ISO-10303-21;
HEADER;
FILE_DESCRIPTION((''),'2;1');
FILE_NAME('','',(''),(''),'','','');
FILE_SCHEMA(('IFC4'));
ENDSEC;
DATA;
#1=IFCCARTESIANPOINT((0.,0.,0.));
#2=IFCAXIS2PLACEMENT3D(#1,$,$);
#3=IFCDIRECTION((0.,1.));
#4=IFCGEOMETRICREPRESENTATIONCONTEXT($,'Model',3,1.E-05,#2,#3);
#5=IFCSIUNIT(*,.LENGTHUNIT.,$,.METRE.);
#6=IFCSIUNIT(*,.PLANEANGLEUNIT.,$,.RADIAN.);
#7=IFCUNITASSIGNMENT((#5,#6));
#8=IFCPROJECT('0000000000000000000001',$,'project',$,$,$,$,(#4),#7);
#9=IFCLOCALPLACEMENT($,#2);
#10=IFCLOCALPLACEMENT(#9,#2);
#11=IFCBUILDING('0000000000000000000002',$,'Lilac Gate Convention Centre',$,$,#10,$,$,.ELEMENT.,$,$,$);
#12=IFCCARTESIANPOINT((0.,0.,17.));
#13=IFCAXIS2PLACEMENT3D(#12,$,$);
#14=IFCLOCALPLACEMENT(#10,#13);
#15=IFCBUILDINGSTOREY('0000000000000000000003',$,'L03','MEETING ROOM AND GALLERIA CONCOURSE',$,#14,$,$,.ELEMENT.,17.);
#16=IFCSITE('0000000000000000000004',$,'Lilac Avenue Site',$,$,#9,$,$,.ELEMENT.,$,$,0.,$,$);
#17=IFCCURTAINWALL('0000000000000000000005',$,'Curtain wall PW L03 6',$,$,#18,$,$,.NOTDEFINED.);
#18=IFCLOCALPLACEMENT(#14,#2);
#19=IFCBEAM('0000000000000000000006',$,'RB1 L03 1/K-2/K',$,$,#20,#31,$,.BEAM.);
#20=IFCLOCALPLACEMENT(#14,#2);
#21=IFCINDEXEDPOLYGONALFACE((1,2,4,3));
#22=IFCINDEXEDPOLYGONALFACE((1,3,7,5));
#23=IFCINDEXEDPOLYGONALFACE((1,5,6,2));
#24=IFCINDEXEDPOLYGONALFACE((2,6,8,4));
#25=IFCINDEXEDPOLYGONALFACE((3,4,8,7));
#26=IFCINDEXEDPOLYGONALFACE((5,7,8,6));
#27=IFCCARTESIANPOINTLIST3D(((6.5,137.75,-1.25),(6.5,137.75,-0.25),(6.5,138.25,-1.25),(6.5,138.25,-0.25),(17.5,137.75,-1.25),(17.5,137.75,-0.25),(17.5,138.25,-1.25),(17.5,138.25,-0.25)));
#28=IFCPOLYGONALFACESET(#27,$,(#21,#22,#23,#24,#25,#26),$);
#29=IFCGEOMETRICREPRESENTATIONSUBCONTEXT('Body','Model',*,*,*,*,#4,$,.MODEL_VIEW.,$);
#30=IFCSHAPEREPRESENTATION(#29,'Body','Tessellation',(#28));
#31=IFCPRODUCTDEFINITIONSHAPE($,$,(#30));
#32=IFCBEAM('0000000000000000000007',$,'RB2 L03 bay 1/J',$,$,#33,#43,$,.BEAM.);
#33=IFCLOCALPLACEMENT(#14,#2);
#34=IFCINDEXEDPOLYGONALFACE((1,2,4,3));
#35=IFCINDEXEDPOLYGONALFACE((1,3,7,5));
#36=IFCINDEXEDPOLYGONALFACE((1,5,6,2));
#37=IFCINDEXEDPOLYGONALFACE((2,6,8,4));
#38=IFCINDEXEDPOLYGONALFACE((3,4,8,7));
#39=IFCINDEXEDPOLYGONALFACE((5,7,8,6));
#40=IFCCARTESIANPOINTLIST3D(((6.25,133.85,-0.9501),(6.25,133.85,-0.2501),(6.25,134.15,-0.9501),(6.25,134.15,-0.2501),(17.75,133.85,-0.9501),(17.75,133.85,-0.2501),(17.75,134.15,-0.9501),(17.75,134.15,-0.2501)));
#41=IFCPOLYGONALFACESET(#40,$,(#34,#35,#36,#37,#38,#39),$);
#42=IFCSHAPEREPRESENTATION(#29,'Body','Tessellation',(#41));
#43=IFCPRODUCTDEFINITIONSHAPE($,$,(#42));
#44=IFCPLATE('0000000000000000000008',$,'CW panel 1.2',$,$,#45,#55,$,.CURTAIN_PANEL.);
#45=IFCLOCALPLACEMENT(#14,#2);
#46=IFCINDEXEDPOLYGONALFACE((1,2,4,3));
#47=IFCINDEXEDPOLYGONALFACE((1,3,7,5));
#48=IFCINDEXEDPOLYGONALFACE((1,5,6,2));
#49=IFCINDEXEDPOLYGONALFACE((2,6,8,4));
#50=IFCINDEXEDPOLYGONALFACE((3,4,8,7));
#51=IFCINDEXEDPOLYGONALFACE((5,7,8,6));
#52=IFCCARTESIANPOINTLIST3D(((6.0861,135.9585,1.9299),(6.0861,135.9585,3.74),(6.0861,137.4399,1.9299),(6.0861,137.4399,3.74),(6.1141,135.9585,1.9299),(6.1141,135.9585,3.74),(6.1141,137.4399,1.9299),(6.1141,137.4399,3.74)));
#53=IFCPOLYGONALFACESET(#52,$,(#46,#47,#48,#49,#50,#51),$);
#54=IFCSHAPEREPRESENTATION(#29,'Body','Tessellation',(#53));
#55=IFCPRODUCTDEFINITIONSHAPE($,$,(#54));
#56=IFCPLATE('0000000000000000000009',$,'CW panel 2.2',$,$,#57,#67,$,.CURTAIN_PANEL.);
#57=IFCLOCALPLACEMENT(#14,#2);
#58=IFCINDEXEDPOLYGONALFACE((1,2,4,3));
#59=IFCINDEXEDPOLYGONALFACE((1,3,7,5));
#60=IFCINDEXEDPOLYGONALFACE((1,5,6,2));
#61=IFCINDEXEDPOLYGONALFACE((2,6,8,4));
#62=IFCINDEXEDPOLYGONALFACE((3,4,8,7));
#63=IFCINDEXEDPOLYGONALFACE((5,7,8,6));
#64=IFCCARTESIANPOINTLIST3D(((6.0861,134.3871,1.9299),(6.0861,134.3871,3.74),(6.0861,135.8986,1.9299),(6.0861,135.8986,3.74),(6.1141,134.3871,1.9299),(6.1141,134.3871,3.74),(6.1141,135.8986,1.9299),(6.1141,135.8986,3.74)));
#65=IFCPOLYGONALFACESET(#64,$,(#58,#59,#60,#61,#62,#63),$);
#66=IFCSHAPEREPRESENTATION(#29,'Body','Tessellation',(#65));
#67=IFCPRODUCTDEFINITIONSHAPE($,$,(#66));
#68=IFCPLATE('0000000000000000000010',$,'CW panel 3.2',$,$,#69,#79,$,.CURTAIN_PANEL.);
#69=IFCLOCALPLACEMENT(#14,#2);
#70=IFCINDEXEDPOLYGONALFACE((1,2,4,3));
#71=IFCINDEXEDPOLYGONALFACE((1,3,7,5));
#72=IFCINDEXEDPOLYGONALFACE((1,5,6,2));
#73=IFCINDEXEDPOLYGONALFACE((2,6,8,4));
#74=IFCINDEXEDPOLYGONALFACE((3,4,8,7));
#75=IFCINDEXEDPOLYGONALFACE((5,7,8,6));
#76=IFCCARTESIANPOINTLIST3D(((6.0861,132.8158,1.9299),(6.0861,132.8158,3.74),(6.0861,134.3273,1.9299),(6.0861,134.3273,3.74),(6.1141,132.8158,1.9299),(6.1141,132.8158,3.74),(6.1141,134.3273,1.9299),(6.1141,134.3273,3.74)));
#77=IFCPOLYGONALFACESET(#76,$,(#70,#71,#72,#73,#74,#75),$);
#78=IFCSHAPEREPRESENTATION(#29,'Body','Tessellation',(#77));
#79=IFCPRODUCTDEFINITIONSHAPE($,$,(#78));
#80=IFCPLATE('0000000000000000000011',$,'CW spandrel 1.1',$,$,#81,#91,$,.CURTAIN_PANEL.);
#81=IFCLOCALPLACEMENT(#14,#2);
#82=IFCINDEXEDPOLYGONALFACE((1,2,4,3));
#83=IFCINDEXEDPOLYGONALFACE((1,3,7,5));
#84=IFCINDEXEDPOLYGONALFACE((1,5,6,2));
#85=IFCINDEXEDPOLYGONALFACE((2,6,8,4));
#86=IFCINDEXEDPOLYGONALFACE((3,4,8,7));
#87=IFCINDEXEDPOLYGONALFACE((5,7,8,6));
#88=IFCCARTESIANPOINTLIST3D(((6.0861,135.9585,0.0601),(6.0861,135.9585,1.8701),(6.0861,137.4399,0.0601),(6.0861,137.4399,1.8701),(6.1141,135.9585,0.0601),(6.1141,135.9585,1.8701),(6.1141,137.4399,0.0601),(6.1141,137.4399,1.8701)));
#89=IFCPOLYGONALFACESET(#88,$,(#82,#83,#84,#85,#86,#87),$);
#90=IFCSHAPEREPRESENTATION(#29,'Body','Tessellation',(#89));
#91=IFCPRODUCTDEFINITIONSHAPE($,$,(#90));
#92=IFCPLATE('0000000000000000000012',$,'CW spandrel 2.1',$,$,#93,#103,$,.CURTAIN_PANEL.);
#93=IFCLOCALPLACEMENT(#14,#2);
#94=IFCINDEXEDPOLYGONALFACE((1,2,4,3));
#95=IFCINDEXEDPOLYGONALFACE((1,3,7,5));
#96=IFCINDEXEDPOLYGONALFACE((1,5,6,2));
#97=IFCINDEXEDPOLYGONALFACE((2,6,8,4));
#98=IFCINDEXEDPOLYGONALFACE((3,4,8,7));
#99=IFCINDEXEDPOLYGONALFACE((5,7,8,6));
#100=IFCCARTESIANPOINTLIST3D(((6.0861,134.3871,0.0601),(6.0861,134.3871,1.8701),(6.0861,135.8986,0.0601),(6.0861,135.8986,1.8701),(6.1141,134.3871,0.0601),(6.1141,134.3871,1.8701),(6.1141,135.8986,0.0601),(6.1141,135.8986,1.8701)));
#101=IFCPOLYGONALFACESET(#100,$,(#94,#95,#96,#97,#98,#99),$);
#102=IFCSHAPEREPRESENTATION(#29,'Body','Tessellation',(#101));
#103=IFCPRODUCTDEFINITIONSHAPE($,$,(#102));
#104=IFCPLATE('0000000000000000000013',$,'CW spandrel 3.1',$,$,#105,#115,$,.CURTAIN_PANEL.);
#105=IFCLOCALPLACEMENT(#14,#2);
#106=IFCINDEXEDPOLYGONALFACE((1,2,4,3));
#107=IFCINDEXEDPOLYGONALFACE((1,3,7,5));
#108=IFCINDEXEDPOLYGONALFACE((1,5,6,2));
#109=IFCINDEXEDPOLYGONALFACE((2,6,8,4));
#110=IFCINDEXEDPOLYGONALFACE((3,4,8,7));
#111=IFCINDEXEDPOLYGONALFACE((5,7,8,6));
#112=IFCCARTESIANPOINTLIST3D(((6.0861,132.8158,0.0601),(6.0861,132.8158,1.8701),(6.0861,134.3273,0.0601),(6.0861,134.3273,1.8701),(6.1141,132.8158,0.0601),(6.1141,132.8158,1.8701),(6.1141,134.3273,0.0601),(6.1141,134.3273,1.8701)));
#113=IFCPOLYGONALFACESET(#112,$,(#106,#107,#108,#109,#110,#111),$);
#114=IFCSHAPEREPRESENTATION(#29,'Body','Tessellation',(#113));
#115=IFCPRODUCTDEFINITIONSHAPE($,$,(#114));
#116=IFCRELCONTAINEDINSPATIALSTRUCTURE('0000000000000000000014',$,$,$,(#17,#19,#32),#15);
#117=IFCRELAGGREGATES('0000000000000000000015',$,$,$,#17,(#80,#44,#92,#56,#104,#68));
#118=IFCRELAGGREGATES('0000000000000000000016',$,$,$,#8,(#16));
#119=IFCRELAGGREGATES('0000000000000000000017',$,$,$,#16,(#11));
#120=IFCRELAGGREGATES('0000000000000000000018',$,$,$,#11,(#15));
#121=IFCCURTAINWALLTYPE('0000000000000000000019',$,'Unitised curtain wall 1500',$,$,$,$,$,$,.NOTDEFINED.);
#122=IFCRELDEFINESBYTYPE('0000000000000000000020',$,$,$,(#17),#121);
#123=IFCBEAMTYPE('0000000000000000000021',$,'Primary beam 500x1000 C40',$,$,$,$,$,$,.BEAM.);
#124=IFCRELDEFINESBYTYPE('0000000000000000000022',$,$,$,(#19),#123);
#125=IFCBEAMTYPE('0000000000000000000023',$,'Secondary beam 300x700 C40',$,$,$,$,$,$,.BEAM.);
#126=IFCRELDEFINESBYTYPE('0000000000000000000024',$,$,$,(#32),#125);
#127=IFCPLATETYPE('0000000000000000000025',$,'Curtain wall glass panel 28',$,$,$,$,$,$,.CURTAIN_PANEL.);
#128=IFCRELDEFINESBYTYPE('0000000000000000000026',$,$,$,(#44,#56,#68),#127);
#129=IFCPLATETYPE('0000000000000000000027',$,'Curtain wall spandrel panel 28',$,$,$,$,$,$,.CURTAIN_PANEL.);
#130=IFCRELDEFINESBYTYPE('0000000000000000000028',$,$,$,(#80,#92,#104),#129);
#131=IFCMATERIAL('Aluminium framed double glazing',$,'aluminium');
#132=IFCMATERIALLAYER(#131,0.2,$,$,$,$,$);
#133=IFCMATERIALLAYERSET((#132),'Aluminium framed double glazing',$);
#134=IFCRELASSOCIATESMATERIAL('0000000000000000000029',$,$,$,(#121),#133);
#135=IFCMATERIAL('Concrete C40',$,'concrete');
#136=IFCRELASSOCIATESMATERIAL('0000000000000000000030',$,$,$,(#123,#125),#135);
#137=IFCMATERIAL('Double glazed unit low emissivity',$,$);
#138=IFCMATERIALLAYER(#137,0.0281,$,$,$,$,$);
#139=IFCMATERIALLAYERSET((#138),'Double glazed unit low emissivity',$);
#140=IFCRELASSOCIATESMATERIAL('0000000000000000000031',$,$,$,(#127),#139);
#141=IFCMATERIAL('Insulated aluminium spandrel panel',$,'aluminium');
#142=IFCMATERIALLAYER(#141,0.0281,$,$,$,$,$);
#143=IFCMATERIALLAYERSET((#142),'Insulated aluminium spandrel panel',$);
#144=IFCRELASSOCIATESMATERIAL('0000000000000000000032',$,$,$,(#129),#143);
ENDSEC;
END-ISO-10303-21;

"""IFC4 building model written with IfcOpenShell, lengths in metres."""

from ifc_helpers import new_model, si_unit, direction, frame, origin, origin_2d, place, context, subcontext, project, spatial, rectangle, extrude, material, layer, layer_set, material_profile, profile_set, type_object, element, aggregate, save


model = new_model("IFC4")

# Units and contexts
model_context = context("Model", 3, precision=1e-05, world=origin(), true_north=direction((0.0, 1.0)))
body_context = subcontext(model_context, "Body", "Model", "MODEL_VIEW")
ifc_project = project(units=[si_unit("LENGTHUNIT", "METRE"), si_unit("PLANEANGLEUNIT", "RADIAN")], contexts=[model_context])

# Site, building, storey
site_placement = place(None, origin())
site = spatial("IfcSite", under=ifc_project, at=site_placement, Name="Lilac Avenue Site", CompositionType="ELEMENT", RefElevation=0.0)
building_placement = place(site_placement, origin())
building = spatial("IfcBuilding", under=site, at=building_placement, Name="Lilac Gate Convention Centre", CompositionType="ELEMENT")
storey_placement = place(building_placement, frame((0.0, 0.0, 17.0)))
storey = spatial("IfcBuildingStorey", under=building, at=storey_placement, Name="L03", Description="MEETING ROOM AND GALLERIA CONCOURSE", CompositionType="ELEMENT", Elevation=17.0)

# Shared definitions
ifc_material_1 = material(Name="Concrete C40", Category="concrete")

# Curtain wall
ifc_material_2 = material(Name="Aluminium framed double glazing", Category="aluminium")
ifc_layer_1 = layer(ifc_material_2, 0.2)
ifc_layer_set_1 = layer_set([ifc_layer_1], Name="Aluminium framed double glazing")
curtain_wall_type = type_object("IfcCurtainWallType", Name="Unitised curtain wall 1500", PredefinedType="NOTDEFINED", material=ifc_layer_set_1)
curtain_wall_placement = place(storey_placement, origin())
curtain_wall = element("IfcCurtainWall", 1, at=curtain_wall_placement, inside=storey, type_object=curtain_wall_type, Name="Curtain wall PW L03 6", PredefinedType="NOTDEFINED")

# Beams
ifc_material_profile_1 = material_profile(ifc_material_1, rectangle(XDim=0.5, YDim=1.0, at=origin_2d()), Name="RC 500x1000")
ifc_profile_set_1 = profile_set([ifc_material_profile_1], Name="Concrete C40")
beam_type_1 = type_object("IfcBeamType", Name="Primary beam 500x1000 C40", PredefinedType="BEAM", material=ifc_profile_set_1)
beam_1_placement = place(storey_placement, frame((6.5, 138.0, -0.75), z_axis=(1.0, 0.0, 0.0), x_axis=(0.0, 1.0, 0.0)))
element("IfcBeam", 2, at=beam_1_placement, inside=storey, type_object=beam_type_1, Name="RB1 L03 1/K-2/K", PredefinedType="BEAM", context=body_context, shape_type="SweptSolid", body=[
    extrude(rectangle(XDim=0.5, YDim=1.0, at=origin_2d()), origin(), (0.0, 0.0, 1.0), 11.0),
])
ifc_material_profile_2 = material_profile(ifc_material_1, rectangle(XDim=0.3, YDim=0.7, at=origin_2d()), Name="RC 300x700")
ifc_profile_set_2 = profile_set([ifc_material_profile_2], Name="Concrete C40")
beam_type_2 = type_object("IfcBeamType", Name="Secondary beam 300x700 C40", PredefinedType="BEAM", material=ifc_profile_set_2)
beam_2_placement = place(storey_placement, frame((6.25, 134.0, -0.6001), z_axis=(1.0, 0.0, 0.0), x_axis=(0.0, 1.0, 0.0)))
element("IfcBeam", 3, at=beam_2_placement, inside=storey, type_object=beam_type_2, Name="RB2 L03 bay 1/J", PredefinedType="BEAM", context=body_context, shape_type="SweptSolid", body=[
    extrude(rectangle(XDim=0.3, YDim=0.7, at=origin_2d()), origin(), (0.0, 0.0, 1.0), 11.5),
])

# Plates
ifc_material_3 = material(Name="Double glazed unit low emissivity")
ifc_layer_2 = layer(ifc_material_3, 0.0281)
ifc_layer_set_2 = layer_set([ifc_layer_2], Name="Double glazed unit low emissivity")
plate_type_1 = type_object("IfcPlateType", Name="Curtain wall glass panel 28", PredefinedType="CURTAIN_PANEL", material=ifc_layer_set_2)
plate_1_placement = place(storey_placement, frame((6.1001, 136.6992, 1.9299), z_axis=(0.0, 0.0, 1.0), x_axis=(0.0, -1.0, 0.0)))
plate_1 = element("IfcPlate", 4, at=plate_1_placement, type_object=plate_type_1, Name="CW panel 1.2", PredefinedType="CURTAIN_PANEL", context=body_context, shape_type="SweptSolid", body=[
    extrude(rectangle(XDim=1.4814, YDim=0.0281, at=origin_2d()), origin(), (0.0, 0.0, 1.0), 1.8101),
])
plate_2_placement = place(storey_placement, frame((6.1001, 135.1428, 1.9299), z_axis=(0.0, 0.0, 1.0), x_axis=(0.0, -1.0, 0.0)))
plate_2 = element("IfcPlate", 5, at=plate_2_placement, type_object=plate_type_1, Name="CW panel 2.2", PredefinedType="CURTAIN_PANEL", context=body_context, shape_type="SweptSolid", body=[
    extrude(rectangle(XDim=1.5115, YDim=0.0281, at=origin_2d()), origin(), (0.0, 0.0, 1.0), 1.8101),
])
plate_3_placement = place(storey_placement, frame((6.1001, 133.5715, 1.9299), z_axis=(0.0, 0.0, 1.0), x_axis=(0.0, -1.0, 0.0)))
plate_3 = element("IfcPlate", 6, at=plate_3_placement, type_object=plate_type_1, Name="CW panel 3.2", PredefinedType="CURTAIN_PANEL", context=body_context, shape_type="SweptSolid", body=[
    extrude(rectangle(XDim=1.5115, YDim=0.0281, at=origin_2d()), origin(), (0.0, 0.0, 1.0), 1.8101),
])
ifc_material_4 = material(Name="Insulated aluminium spandrel panel", Category="aluminium")
ifc_layer_3 = layer(ifc_material_4, 0.0281)
ifc_layer_set_3 = layer_set([ifc_layer_3], Name="Insulated aluminium spandrel panel")
plate_type_2 = type_object("IfcPlateType", Name="Curtain wall spandrel panel 28", PredefinedType="CURTAIN_PANEL", material=ifc_layer_set_3)
plate_4_placement = place(storey_placement, frame((6.1001, 136.6992, 0.0601), z_axis=(0.0, 0.0, 1.0), x_axis=(0.0, -1.0, 0.0)))
plate_4 = element("IfcPlate", 7, at=plate_4_placement, type_object=plate_type_2, Name="CW spandrel 1.1", PredefinedType="CURTAIN_PANEL", context=body_context, shape_type="SweptSolid", body=[
    extrude(rectangle(XDim=1.4814, YDim=0.0281, at=origin_2d()), origin(), (0.0, 0.0, 1.0), 1.8101),
])
plate_5_placement = place(storey_placement, frame((6.1001, 135.1428, 0.0601), z_axis=(0.0, 0.0, 1.0), x_axis=(0.0, -1.0, 0.0)))
plate_5 = element("IfcPlate", 8, at=plate_5_placement, type_object=plate_type_2, Name="CW spandrel 2.1", PredefinedType="CURTAIN_PANEL", context=body_context, shape_type="SweptSolid", body=[
    extrude(rectangle(XDim=1.5115, YDim=0.0281, at=origin_2d()), origin(), (0.0, 0.0, 1.0), 1.8101),
])
plate_6_placement = place(storey_placement, frame((6.1001, 133.5715, 0.0601), z_axis=(0.0, 0.0, 1.0), x_axis=(0.0, -1.0, 0.0)))
plate_6 = element("IfcPlate", 9, at=plate_6_placement, type_object=plate_type_2, Name="CW spandrel 3.1", PredefinedType="CURTAIN_PANEL", context=body_context, shape_type="SweptSolid", body=[
    extrude(rectangle(XDim=1.5115, YDim=0.0281, at=origin_2d()), origin(), (0.0, 0.0, 1.0), 1.8101),
])
aggregate(curtain_wall, [plate_4, plate_1, plate_5, plate_2, plate_6, plate_3])

save(model, "model.ifc")
